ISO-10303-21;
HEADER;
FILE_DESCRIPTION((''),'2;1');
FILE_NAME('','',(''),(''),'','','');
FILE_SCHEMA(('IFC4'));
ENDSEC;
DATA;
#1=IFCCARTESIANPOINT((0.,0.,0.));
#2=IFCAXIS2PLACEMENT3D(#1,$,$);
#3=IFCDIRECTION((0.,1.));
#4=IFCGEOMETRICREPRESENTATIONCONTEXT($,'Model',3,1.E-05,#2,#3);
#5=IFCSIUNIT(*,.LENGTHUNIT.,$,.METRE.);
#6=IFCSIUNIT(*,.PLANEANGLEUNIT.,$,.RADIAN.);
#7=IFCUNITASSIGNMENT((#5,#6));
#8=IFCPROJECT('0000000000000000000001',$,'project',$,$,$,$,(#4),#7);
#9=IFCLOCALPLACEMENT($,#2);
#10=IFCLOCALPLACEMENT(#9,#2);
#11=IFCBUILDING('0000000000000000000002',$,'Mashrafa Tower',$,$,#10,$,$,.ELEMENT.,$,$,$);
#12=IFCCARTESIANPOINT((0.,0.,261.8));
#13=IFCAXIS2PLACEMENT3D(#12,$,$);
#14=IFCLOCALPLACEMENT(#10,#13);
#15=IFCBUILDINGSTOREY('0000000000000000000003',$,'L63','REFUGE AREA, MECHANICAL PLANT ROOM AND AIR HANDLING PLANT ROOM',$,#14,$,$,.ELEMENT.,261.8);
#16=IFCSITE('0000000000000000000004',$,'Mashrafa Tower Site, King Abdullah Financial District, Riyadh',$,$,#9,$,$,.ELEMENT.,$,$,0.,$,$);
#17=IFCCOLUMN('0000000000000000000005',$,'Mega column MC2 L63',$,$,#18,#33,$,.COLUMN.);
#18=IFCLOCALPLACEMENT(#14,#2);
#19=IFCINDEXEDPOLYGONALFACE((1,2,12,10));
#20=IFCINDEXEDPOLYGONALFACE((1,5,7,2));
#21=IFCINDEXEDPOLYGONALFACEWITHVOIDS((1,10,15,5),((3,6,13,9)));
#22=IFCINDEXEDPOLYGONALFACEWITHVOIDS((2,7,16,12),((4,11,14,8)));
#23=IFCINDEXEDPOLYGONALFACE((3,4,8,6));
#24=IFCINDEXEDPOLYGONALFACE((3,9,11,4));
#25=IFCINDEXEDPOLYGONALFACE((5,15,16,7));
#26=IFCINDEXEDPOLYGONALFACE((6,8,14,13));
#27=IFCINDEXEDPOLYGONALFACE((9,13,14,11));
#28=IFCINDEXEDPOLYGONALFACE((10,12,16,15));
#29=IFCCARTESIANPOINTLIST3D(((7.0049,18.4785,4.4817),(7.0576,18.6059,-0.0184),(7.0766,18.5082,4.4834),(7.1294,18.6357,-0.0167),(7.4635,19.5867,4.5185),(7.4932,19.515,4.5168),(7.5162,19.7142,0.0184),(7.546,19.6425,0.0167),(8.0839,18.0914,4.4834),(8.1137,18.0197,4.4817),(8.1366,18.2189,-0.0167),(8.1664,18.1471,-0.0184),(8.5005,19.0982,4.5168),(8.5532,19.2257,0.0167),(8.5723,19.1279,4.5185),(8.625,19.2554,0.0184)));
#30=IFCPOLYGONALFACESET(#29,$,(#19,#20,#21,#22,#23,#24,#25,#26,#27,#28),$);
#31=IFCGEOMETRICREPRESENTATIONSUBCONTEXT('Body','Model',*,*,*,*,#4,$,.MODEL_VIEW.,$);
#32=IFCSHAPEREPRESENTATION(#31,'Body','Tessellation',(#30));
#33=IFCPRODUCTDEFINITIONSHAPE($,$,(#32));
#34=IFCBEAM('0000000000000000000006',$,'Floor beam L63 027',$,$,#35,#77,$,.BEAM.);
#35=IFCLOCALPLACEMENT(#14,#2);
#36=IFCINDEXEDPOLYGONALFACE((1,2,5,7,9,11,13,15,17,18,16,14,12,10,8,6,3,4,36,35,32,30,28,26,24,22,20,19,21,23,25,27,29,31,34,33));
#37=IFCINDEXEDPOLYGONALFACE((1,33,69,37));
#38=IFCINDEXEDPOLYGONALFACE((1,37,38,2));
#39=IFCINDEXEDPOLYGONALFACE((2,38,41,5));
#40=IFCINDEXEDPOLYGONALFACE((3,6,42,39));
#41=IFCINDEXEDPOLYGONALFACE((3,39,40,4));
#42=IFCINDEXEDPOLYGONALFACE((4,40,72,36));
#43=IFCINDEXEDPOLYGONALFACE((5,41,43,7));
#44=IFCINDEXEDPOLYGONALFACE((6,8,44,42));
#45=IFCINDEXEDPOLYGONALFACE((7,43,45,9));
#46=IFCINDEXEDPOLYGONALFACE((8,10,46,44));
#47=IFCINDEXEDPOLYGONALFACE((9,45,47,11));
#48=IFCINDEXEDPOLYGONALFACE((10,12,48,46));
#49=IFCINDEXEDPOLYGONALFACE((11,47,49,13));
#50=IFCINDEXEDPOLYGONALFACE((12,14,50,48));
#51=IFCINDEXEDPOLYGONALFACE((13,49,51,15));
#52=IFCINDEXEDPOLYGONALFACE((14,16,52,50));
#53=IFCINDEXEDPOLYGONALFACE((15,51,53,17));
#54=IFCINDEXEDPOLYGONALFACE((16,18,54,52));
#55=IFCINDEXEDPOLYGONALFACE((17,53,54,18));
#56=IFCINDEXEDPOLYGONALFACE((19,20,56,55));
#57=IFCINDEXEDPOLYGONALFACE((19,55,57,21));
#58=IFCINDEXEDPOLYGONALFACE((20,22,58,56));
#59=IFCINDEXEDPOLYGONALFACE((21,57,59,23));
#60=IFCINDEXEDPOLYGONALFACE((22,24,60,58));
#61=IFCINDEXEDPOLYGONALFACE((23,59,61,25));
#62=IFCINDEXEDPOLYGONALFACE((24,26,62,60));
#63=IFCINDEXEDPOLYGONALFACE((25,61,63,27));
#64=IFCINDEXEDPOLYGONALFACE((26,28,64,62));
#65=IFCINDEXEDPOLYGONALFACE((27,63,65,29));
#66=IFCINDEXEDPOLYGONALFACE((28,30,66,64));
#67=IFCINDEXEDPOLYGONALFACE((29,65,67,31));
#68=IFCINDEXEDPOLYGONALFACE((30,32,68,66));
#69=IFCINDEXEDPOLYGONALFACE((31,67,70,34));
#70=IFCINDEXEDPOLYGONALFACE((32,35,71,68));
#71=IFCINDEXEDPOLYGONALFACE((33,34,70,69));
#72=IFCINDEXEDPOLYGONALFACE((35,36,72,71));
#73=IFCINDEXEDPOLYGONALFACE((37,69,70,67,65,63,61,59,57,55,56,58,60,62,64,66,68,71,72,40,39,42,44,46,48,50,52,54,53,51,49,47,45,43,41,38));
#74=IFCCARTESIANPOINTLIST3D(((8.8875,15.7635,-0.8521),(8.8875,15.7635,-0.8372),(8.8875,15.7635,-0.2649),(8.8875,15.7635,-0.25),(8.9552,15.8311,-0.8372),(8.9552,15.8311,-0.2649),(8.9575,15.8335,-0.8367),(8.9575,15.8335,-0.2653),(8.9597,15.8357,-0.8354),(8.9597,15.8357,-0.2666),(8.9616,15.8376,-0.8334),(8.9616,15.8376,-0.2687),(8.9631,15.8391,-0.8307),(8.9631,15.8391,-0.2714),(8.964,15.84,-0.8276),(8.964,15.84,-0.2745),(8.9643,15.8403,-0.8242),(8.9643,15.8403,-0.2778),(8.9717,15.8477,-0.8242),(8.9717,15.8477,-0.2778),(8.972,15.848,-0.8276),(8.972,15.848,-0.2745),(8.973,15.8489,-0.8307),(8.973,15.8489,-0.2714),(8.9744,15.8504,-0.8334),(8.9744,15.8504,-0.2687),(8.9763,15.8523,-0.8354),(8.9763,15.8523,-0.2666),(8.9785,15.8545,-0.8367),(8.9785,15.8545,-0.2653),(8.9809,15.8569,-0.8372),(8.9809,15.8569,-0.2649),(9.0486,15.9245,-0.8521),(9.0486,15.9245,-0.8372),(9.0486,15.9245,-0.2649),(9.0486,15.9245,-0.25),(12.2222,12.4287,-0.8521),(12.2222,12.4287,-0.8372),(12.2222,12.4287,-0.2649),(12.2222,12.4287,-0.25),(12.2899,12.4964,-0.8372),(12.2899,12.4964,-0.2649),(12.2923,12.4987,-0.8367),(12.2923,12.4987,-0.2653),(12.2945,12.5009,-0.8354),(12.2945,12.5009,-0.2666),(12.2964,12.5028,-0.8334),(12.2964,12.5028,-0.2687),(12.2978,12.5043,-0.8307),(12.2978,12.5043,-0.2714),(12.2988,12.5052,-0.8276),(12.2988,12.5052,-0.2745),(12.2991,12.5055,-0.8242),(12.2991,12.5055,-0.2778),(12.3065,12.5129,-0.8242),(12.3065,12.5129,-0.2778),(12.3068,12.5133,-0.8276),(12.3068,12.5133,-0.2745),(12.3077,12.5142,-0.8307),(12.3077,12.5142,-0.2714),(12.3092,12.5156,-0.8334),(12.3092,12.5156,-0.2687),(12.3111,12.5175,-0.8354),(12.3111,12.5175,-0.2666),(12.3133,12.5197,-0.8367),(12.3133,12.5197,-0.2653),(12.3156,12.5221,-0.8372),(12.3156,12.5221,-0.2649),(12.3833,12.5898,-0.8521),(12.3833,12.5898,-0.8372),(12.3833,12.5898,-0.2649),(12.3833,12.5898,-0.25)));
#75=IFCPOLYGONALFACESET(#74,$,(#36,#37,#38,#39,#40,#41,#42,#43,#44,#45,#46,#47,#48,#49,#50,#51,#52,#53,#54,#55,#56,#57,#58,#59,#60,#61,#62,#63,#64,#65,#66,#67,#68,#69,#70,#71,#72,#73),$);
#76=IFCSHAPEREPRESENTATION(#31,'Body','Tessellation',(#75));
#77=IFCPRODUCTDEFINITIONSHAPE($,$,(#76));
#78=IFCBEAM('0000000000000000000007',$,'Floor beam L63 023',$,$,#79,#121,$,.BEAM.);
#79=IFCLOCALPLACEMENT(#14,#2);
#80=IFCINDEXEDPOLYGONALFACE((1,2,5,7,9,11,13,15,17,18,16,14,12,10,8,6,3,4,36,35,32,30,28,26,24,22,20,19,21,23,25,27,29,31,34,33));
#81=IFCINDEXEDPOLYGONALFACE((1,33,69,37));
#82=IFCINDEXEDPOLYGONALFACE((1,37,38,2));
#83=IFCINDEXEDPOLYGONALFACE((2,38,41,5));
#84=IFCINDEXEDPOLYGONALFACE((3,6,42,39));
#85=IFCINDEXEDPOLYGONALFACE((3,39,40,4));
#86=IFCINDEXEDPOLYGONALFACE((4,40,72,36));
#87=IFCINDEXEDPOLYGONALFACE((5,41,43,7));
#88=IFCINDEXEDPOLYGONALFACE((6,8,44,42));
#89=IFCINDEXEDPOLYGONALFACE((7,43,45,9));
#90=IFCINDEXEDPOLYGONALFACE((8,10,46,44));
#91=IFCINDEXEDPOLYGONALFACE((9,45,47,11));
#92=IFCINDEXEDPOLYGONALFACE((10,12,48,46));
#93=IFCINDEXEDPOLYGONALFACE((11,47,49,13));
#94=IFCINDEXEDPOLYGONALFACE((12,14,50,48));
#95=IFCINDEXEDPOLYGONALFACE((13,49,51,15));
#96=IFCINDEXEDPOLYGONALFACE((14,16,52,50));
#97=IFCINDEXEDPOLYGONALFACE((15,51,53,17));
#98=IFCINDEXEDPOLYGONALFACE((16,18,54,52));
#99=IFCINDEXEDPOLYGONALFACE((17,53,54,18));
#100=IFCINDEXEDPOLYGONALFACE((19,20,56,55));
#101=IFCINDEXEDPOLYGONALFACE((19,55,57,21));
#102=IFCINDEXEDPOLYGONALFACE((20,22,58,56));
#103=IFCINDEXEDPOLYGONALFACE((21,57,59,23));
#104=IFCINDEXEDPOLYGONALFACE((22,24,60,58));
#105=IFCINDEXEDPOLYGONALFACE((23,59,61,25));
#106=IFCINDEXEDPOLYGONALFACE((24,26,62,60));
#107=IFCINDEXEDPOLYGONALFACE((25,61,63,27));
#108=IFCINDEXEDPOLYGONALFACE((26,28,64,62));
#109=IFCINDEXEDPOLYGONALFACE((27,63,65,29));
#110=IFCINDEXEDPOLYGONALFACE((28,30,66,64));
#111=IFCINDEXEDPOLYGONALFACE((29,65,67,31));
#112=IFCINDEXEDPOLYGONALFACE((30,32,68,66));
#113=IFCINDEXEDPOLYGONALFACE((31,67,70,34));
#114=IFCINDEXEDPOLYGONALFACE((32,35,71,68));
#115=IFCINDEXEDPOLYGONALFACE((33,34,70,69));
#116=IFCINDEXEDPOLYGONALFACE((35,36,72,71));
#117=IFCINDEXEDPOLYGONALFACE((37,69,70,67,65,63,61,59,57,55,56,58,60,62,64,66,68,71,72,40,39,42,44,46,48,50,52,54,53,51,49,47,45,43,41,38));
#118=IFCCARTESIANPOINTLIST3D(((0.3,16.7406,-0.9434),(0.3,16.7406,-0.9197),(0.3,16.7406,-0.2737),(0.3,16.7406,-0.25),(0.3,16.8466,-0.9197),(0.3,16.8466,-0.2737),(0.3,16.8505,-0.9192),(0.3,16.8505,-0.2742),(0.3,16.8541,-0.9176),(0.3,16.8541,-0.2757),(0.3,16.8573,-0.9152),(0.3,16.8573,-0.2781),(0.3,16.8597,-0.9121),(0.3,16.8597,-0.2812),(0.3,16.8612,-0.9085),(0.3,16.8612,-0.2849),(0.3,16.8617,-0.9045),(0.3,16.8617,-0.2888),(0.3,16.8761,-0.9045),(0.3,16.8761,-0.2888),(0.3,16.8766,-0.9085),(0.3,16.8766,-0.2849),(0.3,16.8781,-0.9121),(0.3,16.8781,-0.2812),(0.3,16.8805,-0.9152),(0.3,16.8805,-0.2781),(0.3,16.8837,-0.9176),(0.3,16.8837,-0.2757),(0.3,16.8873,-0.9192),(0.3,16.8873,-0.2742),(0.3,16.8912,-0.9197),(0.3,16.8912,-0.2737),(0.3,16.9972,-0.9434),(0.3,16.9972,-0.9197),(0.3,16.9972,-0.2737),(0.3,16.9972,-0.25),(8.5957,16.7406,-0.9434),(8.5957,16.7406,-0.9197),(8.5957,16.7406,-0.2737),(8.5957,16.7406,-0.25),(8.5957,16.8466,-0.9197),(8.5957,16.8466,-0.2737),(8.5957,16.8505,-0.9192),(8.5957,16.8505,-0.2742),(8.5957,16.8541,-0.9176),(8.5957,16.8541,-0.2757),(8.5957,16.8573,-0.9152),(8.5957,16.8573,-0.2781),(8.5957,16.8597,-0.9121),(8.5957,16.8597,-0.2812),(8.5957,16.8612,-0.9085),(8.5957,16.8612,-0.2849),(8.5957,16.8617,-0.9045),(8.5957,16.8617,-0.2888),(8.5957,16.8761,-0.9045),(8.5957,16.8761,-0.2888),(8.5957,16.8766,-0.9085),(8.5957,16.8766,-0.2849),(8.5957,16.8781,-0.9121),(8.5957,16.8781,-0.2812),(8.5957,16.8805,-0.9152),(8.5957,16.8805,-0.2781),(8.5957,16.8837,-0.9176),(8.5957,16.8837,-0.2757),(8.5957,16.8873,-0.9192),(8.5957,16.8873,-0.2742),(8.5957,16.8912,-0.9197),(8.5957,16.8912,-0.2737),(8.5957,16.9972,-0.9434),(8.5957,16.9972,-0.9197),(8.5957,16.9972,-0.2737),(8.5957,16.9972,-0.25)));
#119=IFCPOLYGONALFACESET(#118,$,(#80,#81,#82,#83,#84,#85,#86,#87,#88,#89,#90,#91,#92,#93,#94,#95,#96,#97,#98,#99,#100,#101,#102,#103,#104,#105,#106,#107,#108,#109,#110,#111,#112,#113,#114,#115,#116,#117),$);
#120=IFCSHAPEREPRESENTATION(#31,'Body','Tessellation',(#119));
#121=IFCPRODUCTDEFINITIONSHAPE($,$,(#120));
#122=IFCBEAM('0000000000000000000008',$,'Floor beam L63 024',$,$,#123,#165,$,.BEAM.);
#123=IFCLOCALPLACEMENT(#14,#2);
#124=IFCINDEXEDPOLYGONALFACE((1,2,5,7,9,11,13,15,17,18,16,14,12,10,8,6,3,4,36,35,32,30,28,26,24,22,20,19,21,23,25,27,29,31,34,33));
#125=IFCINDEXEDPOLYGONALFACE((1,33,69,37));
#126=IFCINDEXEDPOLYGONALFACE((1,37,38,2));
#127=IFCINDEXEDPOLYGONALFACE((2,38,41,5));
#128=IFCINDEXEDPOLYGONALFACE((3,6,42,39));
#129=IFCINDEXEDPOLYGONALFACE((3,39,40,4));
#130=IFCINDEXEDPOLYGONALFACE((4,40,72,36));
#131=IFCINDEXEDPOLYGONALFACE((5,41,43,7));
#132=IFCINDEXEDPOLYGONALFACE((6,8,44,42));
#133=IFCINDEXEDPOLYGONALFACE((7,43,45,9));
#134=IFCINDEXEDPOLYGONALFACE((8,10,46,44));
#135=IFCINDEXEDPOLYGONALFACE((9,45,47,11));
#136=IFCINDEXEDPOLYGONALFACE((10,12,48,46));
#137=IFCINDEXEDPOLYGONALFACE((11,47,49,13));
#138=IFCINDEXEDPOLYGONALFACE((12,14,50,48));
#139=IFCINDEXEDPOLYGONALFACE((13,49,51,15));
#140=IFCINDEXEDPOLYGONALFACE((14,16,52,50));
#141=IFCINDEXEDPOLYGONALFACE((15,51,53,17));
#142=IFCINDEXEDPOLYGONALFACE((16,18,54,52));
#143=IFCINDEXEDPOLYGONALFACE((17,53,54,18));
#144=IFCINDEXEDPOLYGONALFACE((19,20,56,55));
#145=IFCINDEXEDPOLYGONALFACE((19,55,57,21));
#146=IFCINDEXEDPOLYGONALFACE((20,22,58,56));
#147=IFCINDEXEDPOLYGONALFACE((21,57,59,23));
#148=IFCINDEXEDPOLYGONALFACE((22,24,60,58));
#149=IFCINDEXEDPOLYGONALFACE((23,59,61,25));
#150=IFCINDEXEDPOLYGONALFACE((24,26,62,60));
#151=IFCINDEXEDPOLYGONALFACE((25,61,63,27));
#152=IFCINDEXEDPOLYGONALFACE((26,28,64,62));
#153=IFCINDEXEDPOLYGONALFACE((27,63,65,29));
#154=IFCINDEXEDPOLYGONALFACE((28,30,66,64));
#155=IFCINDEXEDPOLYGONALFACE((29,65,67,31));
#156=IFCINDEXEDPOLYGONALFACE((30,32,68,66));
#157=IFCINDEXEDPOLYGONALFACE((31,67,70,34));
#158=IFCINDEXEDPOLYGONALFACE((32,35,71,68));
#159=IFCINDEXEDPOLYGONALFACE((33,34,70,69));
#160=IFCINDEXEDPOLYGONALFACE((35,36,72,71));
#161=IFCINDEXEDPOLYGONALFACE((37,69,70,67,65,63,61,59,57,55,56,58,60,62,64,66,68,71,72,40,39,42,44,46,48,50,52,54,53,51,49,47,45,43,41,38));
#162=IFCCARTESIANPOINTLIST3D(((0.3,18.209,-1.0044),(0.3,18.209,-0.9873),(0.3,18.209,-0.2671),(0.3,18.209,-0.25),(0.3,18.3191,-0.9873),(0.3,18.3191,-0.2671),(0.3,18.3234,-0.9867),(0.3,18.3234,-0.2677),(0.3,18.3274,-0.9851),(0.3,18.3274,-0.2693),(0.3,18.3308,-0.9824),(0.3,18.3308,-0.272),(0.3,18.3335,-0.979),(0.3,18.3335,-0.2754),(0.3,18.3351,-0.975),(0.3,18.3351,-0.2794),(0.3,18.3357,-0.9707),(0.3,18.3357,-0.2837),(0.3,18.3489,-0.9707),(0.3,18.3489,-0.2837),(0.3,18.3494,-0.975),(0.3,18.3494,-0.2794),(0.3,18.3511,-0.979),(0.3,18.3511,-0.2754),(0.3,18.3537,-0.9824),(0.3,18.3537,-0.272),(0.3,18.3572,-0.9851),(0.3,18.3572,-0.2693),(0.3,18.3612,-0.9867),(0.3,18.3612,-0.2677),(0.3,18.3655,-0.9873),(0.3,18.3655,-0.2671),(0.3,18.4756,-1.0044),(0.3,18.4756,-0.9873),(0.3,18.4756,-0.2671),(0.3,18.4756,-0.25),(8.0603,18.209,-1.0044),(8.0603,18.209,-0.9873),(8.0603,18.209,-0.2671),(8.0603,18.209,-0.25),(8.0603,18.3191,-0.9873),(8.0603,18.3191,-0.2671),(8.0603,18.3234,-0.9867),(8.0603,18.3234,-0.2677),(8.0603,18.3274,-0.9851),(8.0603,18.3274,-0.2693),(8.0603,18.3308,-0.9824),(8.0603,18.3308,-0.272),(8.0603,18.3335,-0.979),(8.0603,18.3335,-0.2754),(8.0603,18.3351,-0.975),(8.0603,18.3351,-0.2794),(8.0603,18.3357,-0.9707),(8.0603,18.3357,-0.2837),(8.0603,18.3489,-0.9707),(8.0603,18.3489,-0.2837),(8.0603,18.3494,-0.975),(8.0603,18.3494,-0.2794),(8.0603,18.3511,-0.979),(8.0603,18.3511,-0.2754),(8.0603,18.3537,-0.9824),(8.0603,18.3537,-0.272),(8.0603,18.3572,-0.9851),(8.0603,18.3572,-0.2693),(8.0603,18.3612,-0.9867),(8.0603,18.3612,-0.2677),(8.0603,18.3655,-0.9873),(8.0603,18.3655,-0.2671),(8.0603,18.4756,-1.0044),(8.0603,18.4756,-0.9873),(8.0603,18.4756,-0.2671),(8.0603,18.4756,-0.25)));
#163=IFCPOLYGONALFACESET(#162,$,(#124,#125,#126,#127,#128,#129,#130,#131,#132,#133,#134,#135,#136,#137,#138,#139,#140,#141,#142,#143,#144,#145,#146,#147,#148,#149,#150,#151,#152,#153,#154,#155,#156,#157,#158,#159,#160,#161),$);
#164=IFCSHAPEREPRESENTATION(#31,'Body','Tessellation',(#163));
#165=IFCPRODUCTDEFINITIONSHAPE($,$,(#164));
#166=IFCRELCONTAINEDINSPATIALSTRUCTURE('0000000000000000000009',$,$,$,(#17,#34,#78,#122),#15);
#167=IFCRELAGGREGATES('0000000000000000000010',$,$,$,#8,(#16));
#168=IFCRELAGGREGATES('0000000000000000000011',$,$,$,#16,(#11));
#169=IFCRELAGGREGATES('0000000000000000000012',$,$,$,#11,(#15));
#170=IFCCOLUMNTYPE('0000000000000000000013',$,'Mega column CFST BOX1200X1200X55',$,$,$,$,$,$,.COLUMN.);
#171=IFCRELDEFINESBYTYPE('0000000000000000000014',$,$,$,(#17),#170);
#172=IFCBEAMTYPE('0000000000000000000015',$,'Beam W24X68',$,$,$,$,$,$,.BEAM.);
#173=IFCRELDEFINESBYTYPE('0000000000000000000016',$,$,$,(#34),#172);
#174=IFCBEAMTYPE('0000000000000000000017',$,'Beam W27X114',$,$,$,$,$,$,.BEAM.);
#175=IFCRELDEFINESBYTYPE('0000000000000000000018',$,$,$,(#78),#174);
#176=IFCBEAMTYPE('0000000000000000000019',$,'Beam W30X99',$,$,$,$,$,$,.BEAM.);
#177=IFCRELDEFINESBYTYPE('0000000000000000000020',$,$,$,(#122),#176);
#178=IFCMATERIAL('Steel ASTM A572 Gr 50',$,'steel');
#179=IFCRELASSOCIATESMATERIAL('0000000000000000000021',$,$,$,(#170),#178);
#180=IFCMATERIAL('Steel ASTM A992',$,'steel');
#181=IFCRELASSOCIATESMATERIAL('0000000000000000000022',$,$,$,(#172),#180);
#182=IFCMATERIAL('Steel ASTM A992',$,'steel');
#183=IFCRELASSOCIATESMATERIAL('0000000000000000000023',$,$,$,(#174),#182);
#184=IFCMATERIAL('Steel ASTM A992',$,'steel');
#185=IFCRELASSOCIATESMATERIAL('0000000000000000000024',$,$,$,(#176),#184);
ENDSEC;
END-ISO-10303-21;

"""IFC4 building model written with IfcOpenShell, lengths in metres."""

from ifc_helpers import new_model, si_unit, direction, frame, origin, origin_2d, place, context, subcontext, project, spatial, hollow_rectangle, i_section, extrude, material, material_profile, profile_set, type_object, element, save


model = new_model("IFC4")

# Units and contexts
model_context = context("Model", 3, precision=1e-05, world=origin(), true_north=direction((0.0, 1.0)))
body_context = subcontext(model_context, "Body", "Model", "MODEL_VIEW")
ifc_project = project(units=[si_unit("LENGTHUNIT", "METRE"), si_unit("PLANEANGLEUNIT", "RADIAN")], contexts=[model_context])

# Site, building, storey
site_placement = place(None, origin())
site = spatial("IfcSite", under=ifc_project, at=site_placement, Name="Mashrafa Tower Site, King Abdullah Financial District, Riyadh", CompositionType="ELEMENT", RefElevation=0.0)
building_placement = place(site_placement, origin())
building = spatial("IfcBuilding", under=site, at=building_placement, Name="Mashrafa Tower", CompositionType="ELEMENT")
storey_placement = place(building_placement, frame((0.0, 0.0, 261.8)))
storey = spatial("IfcBuildingStorey", under=building, at=storey_placement, Name="L63", Description="REFUGE AREA, MECHANICAL PLANT ROOM AND AIR HANDLING PLANT ROOM", CompositionType="ELEMENT", Elevation=261.8)

# Column
ifc_material_1 = material(Name="Steel ASTM A572 Gr 50", Category="steel")
ifc_material_profile_1 = material_profile(ifc_material_1, hollow_rectangle(XDim=1.2, YDim=1.2, WallThickness=0.0549, at=origin_2d()), Name="BOX1200X1200X55")
ifc_profile_set_1 = profile_set([ifc_material_profile_1], Name="Steel ASTM A572 Gr 50")
column_type = type_object("IfcColumnType", Name="Mega column CFST BOX1200X1200X55", PredefinedType="COLUMN", material=ifc_profile_set_1)
column_placement = place(storey_placement, frame((7.8413, 18.9307, 0.0), z_axis=(-0.011713, -0.028307, 0.999531), x_axis=(0.924017, -0.382352, 0.0)))
element("IfcColumn", 1, at=column_placement, inside=storey, type_object=column_type, Name="Mega column MC2 L63", PredefinedType="COLUMN", context=body_context, shape_type="SweptSolid", body=[
    extrude(hollow_rectangle(XDim=1.2, YDim=1.2, WallThickness=0.0549, at=origin_2d()), origin(), (0.0, 0.0, 1.0), 4.5022),
])

# Beams
ifc_material_2 = material(Name="Steel ASTM A992", Category="steel")
ifc_material_profile_2 = material_profile(ifc_material_2, i_section(OverallWidth=0.2278, OverallDepth=0.6021, WebThickness=0.0105, FlangeThickness=0.0149, FilletRadius=0.0129, at=origin_2d()), Name="W24X68")
ifc_profile_set_2 = profile_set([ifc_material_profile_2], Name="Steel ASTM A992")
beam_type_1 = type_object("IfcBeamType", Name="Beam W24X68", PredefinedType="BEAM", material=ifc_profile_set_2)
beam_1_placement = place(storey_placement, frame((8.968, 15.844, -0.551), z_axis=(0.707107, -0.707107, 0.0), x_axis=(0.707107, 0.707107, 0.0)))
element("IfcBeam", 2, at=beam_1_placement, inside=storey, type_object=beam_type_1, Name="Floor beam L63 027", PredefinedType="BEAM", context=body_context, shape_type="SweptSolid", body=[
    extrude(i_section(OverallWidth=0.2278, OverallDepth=0.6021, WebThickness=0.0105, FlangeThickness=0.0149, FilletRadius=0.0129, at=origin_2d()), origin(), (0.0, 0.0, 1.0), 4.7161),
])
ifc_material_3 = material(Name="Steel ASTM A992", Category="steel")
ifc_material_profile_3 = material_profile(ifc_material_3, i_section(OverallWidth=0.2566, OverallDepth=0.6934, WebThickness=0.0144, FlangeThickness=0.0237, FilletRadius=0.0151, at=origin_2d()), Name="W27X114")
ifc_profile_set_3 = profile_set([ifc_material_profile_3], Name="Steel ASTM A992")
beam_type_2 = type_object("IfcBeamType", Name="Beam W27X114", PredefinedType="BEAM", material=ifc_profile_set_3)
beam_2_placement = place(storey_placement, frame((0.3, 16.8689, -0.5967), z_axis=(1.0, 0.0, 0.0), x_axis=(0.0, 1.0, 0.0)))
element("IfcBeam", 3, at=beam_2_placement, inside=storey, type_object=beam_type_2, Name="Floor beam L63 023", PredefinedType="BEAM", context=body_context, shape_type="SweptSolid", body=[
    extrude(i_section(OverallWidth=0.2566, OverallDepth=0.6934, WebThickness=0.0144, FlangeThickness=0.0237, FilletRadius=0.0151, at=origin_2d()), origin(), (0.0, 0.0, 1.0), 8.2957),
])
ifc_material_4 = material(Name="Steel ASTM A992", Category="steel")
ifc_material_profile_4 = material_profile(ifc_material_4, i_section(OverallWidth=0.2666, OverallDepth=0.7544, WebThickness=0.0132, FlangeThickness=0.0171, FilletRadius=0.0166, at=origin_2d()), Name="W30X99")
ifc_profile_set_4 = profile_set([ifc_material_profile_4], Name="Steel ASTM A992")
beam_type_3 = type_object("IfcBeamType", Name="Beam W30X99", PredefinedType="BEAM", material=ifc_profile_set_4)
beam_3_placement = place(storey_placement, frame((0.3, 18.3423, -0.6272), z_axis=(1.0, 0.0, 0.0), x_axis=(0.0, 1.0, 0.0)))
element("IfcBeam", 4, at=beam_3_placement, inside=storey, type_object=beam_type_3, Name="Floor beam L63 024", PredefinedType="BEAM", context=body_context, shape_type="SweptSolid", body=[
    extrude(i_section(OverallWidth=0.2666, OverallDepth=0.7544, WebThickness=0.0132, FlangeThickness=0.0171, FilletRadius=0.0166, at=origin_2d()), origin(), (0.0, 0.0, 1.0), 7.7603),
])

save(model, "model.ifc")
